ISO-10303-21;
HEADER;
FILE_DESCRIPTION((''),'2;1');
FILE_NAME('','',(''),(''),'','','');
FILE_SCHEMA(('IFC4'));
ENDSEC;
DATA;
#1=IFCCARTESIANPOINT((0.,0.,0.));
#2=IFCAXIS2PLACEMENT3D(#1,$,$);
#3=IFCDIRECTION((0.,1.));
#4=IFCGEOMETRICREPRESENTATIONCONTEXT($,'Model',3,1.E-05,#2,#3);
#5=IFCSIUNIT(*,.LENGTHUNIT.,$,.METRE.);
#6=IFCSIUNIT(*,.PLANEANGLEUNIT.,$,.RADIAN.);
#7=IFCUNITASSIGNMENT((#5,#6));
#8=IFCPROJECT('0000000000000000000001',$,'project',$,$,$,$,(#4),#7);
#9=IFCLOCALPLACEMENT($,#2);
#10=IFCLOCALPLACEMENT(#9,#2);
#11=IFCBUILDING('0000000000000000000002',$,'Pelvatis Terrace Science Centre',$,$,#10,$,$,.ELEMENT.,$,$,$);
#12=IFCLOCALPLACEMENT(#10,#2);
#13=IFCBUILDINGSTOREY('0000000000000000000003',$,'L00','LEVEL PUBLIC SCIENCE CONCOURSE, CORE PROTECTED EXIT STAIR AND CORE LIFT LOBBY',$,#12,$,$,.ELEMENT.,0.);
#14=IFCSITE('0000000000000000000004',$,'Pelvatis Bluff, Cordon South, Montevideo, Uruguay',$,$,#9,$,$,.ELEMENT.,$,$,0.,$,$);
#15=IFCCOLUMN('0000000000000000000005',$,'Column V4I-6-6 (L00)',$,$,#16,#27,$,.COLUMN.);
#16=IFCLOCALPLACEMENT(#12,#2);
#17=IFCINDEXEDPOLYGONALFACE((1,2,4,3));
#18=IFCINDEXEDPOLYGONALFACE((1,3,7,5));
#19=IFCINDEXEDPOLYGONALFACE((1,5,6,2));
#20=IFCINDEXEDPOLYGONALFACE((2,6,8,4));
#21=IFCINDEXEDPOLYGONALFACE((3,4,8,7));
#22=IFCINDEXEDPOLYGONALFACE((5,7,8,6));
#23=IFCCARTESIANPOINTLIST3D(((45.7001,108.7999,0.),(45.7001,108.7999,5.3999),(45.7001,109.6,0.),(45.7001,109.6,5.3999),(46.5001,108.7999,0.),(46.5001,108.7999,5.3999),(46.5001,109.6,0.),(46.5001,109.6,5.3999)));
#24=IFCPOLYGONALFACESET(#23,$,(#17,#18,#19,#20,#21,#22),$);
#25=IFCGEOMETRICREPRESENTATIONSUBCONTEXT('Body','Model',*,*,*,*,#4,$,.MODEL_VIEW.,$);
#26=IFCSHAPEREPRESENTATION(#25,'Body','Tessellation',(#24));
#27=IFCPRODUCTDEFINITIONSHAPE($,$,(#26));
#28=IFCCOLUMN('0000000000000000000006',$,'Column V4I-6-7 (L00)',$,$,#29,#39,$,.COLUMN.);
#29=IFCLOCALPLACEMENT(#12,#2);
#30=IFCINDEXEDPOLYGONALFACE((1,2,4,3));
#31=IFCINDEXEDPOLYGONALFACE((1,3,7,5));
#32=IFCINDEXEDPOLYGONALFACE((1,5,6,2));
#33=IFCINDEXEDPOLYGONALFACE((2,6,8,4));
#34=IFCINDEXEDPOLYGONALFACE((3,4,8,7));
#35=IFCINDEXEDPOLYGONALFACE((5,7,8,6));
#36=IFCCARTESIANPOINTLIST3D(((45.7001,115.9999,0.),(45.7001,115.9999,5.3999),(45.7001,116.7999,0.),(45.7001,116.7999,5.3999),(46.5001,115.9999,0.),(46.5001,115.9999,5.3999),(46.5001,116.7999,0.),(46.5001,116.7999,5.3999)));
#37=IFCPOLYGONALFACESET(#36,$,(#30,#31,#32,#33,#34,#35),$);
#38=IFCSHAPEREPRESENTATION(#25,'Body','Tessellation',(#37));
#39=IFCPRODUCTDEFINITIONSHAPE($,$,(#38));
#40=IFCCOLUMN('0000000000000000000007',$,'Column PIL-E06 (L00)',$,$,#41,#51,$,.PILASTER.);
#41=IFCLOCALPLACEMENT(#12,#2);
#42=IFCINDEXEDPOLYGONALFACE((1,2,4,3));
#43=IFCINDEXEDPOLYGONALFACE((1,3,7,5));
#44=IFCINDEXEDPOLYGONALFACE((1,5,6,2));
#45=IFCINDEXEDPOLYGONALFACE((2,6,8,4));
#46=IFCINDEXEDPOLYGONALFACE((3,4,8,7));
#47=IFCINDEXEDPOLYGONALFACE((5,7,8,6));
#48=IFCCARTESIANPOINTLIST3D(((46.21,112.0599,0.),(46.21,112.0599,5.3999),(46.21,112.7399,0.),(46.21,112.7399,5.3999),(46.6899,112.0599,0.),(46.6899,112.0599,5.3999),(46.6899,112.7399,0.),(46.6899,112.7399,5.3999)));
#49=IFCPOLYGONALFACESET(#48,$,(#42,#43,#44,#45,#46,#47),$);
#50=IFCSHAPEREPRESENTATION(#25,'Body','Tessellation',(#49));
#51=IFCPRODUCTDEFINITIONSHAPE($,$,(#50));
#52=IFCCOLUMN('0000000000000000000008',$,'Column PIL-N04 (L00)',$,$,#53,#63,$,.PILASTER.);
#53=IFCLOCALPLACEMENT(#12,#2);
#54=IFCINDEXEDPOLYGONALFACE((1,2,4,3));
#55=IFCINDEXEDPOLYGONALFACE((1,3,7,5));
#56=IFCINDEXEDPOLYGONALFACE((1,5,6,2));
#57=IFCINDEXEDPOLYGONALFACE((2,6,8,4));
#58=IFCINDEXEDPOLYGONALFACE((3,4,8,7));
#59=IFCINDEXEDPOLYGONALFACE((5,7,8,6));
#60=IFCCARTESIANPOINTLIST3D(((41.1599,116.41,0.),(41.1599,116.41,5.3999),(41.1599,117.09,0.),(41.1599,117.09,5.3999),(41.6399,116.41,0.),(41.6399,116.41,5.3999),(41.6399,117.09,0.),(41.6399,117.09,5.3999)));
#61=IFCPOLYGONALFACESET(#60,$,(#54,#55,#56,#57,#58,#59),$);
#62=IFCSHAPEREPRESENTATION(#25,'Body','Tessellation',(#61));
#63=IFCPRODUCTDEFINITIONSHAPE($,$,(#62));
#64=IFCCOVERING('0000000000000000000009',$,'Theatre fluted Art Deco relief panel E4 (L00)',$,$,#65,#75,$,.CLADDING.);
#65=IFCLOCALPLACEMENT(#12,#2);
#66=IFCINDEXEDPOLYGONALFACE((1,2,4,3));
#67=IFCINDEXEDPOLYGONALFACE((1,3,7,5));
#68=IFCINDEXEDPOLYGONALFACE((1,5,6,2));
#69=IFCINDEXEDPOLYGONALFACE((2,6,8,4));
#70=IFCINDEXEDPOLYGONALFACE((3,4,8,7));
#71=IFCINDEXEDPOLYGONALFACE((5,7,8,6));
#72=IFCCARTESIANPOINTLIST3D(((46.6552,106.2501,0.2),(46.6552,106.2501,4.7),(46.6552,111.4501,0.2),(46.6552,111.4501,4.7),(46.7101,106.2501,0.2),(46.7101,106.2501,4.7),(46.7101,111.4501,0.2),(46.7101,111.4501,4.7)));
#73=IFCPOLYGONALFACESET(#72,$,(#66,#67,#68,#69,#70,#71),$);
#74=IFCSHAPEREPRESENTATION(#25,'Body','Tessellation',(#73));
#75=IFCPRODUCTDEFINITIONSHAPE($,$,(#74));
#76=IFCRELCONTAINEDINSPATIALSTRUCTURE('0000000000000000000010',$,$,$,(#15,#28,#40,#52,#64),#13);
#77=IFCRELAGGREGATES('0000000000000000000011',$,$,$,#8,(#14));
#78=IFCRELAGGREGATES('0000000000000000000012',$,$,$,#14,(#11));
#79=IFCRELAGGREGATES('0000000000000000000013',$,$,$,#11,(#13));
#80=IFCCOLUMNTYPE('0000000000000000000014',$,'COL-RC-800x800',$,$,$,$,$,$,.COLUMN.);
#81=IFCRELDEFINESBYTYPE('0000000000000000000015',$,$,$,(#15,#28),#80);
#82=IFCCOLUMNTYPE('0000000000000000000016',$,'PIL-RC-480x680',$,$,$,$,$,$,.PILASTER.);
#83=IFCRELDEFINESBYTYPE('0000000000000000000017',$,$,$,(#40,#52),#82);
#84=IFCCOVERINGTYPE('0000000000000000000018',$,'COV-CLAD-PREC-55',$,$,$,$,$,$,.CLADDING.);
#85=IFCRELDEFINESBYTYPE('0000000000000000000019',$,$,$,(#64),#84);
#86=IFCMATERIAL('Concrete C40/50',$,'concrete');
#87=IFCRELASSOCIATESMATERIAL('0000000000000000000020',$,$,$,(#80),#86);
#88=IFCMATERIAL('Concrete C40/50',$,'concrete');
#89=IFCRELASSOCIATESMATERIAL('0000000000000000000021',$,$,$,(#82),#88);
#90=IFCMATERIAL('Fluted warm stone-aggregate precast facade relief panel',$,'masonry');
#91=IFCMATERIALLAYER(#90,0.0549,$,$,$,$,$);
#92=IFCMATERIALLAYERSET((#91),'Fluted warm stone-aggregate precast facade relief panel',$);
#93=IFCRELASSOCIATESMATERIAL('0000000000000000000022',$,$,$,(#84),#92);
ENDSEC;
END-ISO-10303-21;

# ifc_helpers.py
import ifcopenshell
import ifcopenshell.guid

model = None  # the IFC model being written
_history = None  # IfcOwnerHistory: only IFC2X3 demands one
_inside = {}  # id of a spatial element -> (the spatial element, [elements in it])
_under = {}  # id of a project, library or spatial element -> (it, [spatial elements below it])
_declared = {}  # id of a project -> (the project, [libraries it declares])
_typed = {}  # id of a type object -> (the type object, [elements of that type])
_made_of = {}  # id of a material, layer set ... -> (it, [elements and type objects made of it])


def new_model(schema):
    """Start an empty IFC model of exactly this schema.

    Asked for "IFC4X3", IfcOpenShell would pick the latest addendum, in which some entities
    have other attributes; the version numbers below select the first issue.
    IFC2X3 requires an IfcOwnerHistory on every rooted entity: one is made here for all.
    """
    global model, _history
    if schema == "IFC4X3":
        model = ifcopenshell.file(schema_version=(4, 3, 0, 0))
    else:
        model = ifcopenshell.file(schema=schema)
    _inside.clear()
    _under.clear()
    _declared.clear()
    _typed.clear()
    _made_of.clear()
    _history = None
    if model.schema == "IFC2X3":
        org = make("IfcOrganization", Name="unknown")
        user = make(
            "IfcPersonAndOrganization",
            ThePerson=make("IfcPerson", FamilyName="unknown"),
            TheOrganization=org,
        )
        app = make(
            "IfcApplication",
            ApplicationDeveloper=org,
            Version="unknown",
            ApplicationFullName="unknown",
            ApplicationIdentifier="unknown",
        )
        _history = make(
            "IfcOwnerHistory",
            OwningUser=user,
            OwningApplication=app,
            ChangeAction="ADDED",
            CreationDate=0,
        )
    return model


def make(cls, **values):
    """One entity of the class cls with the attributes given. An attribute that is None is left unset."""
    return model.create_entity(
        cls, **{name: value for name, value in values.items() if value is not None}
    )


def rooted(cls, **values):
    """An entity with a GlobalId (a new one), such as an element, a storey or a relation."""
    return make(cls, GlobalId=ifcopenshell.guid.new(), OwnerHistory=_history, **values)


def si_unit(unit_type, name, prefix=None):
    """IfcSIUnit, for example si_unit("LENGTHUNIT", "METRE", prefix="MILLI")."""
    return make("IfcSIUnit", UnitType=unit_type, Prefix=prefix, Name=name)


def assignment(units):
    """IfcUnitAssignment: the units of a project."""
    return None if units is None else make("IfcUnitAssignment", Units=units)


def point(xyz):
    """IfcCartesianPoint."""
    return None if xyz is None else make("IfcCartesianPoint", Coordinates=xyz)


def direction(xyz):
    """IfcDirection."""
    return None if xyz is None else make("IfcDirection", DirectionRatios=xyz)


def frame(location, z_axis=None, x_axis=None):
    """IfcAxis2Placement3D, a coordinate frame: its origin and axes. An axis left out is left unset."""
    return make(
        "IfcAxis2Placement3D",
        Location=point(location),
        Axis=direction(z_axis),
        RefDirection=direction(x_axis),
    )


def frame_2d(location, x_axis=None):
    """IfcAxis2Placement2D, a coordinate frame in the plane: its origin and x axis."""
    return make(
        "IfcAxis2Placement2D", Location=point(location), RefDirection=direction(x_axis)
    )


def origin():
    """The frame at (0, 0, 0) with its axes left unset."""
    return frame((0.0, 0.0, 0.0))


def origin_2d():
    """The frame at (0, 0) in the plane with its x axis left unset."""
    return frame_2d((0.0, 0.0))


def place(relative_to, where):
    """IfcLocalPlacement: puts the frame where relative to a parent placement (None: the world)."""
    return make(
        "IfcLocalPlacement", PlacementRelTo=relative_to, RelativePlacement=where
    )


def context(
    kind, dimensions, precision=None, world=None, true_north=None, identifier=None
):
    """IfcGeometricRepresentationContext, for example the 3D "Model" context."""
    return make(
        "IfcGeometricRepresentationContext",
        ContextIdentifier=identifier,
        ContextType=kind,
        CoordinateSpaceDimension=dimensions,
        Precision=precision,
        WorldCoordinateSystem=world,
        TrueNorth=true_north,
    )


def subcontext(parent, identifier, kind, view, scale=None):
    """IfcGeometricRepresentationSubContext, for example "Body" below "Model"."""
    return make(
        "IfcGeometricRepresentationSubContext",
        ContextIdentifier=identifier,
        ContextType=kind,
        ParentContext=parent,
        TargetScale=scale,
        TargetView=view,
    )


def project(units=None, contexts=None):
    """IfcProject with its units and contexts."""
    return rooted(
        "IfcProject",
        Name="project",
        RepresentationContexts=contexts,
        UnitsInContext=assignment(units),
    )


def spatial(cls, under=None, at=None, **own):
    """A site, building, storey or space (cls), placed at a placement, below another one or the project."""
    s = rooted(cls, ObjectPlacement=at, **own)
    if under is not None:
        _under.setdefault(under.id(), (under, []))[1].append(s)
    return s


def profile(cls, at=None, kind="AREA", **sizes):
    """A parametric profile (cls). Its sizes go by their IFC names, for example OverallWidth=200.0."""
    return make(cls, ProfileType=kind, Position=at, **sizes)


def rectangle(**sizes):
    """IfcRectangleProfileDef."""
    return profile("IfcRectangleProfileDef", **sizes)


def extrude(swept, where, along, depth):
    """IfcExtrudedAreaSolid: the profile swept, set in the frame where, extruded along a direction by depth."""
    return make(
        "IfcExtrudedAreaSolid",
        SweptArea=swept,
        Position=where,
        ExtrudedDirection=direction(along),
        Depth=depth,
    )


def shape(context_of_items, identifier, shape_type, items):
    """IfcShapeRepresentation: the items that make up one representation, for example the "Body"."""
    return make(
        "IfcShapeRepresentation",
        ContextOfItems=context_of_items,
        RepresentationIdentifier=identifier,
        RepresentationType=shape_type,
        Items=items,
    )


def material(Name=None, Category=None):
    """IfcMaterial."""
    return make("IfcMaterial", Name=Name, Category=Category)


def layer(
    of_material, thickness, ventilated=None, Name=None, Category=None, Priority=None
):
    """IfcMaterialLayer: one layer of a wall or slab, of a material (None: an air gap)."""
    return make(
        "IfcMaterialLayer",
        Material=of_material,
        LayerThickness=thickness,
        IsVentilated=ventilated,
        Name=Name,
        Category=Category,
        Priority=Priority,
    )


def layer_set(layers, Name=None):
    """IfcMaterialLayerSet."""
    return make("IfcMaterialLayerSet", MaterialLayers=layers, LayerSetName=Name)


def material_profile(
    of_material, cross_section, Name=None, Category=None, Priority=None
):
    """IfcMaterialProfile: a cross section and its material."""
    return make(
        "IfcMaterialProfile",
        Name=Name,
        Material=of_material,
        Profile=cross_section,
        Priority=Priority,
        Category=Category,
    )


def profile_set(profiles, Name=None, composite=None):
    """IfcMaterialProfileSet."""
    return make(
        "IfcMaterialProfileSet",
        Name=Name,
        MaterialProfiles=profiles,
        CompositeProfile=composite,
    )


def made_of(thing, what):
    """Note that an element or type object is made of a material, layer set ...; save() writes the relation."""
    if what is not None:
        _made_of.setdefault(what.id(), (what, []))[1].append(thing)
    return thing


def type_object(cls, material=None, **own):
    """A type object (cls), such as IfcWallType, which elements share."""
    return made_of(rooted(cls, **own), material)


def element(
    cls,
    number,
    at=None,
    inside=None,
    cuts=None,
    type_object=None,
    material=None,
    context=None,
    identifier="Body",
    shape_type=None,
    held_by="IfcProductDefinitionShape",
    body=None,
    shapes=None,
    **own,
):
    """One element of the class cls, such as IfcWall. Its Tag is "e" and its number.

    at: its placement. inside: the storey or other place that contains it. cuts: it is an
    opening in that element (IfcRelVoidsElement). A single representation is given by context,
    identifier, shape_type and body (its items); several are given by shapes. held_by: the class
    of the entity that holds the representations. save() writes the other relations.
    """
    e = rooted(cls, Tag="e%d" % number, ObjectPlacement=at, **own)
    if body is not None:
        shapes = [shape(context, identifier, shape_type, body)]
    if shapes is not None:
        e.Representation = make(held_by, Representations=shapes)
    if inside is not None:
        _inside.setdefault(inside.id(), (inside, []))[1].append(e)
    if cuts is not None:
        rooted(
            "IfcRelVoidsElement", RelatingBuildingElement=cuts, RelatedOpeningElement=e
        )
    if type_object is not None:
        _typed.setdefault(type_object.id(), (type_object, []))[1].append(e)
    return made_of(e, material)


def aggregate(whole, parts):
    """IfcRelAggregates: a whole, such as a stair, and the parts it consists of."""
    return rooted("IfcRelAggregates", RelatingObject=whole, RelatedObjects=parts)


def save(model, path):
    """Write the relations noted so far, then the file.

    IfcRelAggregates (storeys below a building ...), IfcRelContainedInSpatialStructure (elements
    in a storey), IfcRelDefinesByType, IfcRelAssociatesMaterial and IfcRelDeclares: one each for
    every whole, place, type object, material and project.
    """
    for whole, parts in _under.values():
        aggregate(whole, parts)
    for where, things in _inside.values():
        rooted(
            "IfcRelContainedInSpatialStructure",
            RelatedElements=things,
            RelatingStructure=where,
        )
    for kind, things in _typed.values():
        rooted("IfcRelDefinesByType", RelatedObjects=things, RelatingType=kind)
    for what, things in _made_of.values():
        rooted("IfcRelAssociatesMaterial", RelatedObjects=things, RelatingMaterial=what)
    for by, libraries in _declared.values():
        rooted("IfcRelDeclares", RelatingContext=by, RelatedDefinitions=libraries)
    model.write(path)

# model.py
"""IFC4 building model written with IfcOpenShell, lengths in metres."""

from ifc_helpers import new_model, si_unit, direction, frame, origin, origin_2d, place, context, subcontext, project, spatial, rectangle, extrude, material, layer, layer_set, material_profile, profile_set, type_object, element, save


model = new_model("IFC4")

# Units and contexts
model_context = context("Model", 3, precision=1e-05, world=origin(), true_north=direction((0.0, 1.0)))
body_context = subcontext(model_context, "Body", "Model", "MODEL_VIEW")
ifc_project = project(units=[si_unit("LENGTHUNIT", "METRE"), si_unit("PLANEANGLEUNIT", "RADIAN")], contexts=[model_context])

# Site, building, storey
site_placement = place(None, origin())
site = spatial("IfcSite", under=ifc_project, at=site_placement, Name="Pelvatis Bluff, Cordon South, Montevideo, Uruguay", CompositionType="ELEMENT", RefElevation=0.0)
building_placement = place(site_placement, origin())
building = spatial("IfcBuilding", under=site, at=building_placement, Name="Pelvatis Terrace Science Centre", CompositionType="ELEMENT")
storey_placement = place(building_placement, origin())
storey = spatial("IfcBuildingStorey", under=building, at=storey_placement, Name="L00", Description="LEVEL PUBLIC SCIENCE CONCOURSE, CORE PROTECTED EXIT STAIR AND CORE LIFT LOBBY", CompositionType="ELEMENT", Elevation=0.0)

# Columns
ifc_material_1 = material(Name="Concrete C40/50", Category="concrete")
ifc_material_profile_1 = material_profile(ifc_material_1, rectangle(XDim=0.8, YDim=0.8, at=origin_2d()), Name="RC-COL 800x800")
ifc_profile_set_1 = profile_set([ifc_material_profile_1], Name="Concrete C40/50")
column_type_1 = type_object("IfcColumnType", Name="COL-RC-800x800", PredefinedType="COLUMN", material=ifc_profile_set_1)
for number, where, z_axis, x_axis, name in (
    (1, (46.1001, 109.2, 0.0), (0.0, 0.0, 1.0), (1.0, 0.0, 0.0), "Column V4I-6-6 (L00)"),
    (2, (46.1001, 116.3999, 0.0), (0.0, 0.0, 1.0), (1.0, 0.0, 0.0), "Column V4I-6-7 (L00)"),
):
    element("IfcColumn", number, at=place(storey_placement, frame(where, z_axis=z_axis, x_axis=x_axis)), inside=storey, type_object=column_type_1, Name=name, PredefinedType="COLUMN", context=body_context, shape_type="SweptSolid", body=[
        extrude(rectangle(XDim=0.8, YDim=0.8, at=origin_2d()), origin(), (0.0, 0.0, 1.0), 5.3999),
    ])
ifc_material_2 = material(Name="Concrete C40/50", Category="concrete")
ifc_material_profile_2 = material_profile(ifc_material_2, rectangle(XDim=0.48, YDim=0.6799, at=origin_2d()), Name="RC-PIL 480x680")
ifc_profile_set_2 = profile_set([ifc_material_profile_2], Name="Concrete C40/50")
column_type_2 = type_object("IfcColumnType", Name="PIL-RC-480x680", PredefinedType="PILASTER", material=ifc_profile_set_2)
for number, where, z_axis, x_axis, name in (
    (3, (46.45, 112.3999, 0.0), (0.0, 0.0, 1.0), (1.0, 0.0, 0.0), "Column PIL-E06 (L00)"),
    (4, (41.3999, 116.75, 0.0), (0.0, 0.0, 1.0), (1.0, 0.0, 0.0), "Column PIL-N04 (L00)"),
):
    element("IfcColumn", number, at=place(storey_placement, frame(where, z_axis=z_axis, x_axis=x_axis)), inside=storey, type_object=column_type_2, Name=name, PredefinedType="PILASTER", context=body_context, shape_type="SweptSolid", body=[
        extrude(rectangle(XDim=0.48, YDim=0.6799, at=origin_2d()), origin(), (0.0, 0.0, 1.0), 5.3999),
    ])

# Covering
ifc_material_3 = material(Name="Fluted warm stone-aggregate precast facade relief panel", Category="masonry")
ifc_layer_1 = layer(ifc_material_3, 0.0549)
ifc_layer_set_1 = layer_set([ifc_layer_1], Name="Fluted warm stone-aggregate precast facade relief panel")
covering_type = type_object("IfcCoveringType", Name="COV-CLAD-PREC-55", PredefinedType="CLADDING", material=ifc_layer_set_1)
covering_placement = place(storey_placement, frame((46.6826, 108.8501, 0.2), z_axis=(0.0, 0.0, 1.0), x_axis=(1.0, 0.0, 0.0)))
element("IfcCovering", 5, at=covering_placement, inside=storey, type_object=covering_type, Name="Theatre fluted Art Deco relief panel E4 (L00)", PredefinedType="CLADDING", context=body_context, shape_type="SweptSolid", body=[
    extrude(rectangle(XDim=0.0549, YDim=5.2, at=origin_2d()), origin(), (0.0, 0.0, 1.0), 4.5),
])

save(model, "model.ifc")
